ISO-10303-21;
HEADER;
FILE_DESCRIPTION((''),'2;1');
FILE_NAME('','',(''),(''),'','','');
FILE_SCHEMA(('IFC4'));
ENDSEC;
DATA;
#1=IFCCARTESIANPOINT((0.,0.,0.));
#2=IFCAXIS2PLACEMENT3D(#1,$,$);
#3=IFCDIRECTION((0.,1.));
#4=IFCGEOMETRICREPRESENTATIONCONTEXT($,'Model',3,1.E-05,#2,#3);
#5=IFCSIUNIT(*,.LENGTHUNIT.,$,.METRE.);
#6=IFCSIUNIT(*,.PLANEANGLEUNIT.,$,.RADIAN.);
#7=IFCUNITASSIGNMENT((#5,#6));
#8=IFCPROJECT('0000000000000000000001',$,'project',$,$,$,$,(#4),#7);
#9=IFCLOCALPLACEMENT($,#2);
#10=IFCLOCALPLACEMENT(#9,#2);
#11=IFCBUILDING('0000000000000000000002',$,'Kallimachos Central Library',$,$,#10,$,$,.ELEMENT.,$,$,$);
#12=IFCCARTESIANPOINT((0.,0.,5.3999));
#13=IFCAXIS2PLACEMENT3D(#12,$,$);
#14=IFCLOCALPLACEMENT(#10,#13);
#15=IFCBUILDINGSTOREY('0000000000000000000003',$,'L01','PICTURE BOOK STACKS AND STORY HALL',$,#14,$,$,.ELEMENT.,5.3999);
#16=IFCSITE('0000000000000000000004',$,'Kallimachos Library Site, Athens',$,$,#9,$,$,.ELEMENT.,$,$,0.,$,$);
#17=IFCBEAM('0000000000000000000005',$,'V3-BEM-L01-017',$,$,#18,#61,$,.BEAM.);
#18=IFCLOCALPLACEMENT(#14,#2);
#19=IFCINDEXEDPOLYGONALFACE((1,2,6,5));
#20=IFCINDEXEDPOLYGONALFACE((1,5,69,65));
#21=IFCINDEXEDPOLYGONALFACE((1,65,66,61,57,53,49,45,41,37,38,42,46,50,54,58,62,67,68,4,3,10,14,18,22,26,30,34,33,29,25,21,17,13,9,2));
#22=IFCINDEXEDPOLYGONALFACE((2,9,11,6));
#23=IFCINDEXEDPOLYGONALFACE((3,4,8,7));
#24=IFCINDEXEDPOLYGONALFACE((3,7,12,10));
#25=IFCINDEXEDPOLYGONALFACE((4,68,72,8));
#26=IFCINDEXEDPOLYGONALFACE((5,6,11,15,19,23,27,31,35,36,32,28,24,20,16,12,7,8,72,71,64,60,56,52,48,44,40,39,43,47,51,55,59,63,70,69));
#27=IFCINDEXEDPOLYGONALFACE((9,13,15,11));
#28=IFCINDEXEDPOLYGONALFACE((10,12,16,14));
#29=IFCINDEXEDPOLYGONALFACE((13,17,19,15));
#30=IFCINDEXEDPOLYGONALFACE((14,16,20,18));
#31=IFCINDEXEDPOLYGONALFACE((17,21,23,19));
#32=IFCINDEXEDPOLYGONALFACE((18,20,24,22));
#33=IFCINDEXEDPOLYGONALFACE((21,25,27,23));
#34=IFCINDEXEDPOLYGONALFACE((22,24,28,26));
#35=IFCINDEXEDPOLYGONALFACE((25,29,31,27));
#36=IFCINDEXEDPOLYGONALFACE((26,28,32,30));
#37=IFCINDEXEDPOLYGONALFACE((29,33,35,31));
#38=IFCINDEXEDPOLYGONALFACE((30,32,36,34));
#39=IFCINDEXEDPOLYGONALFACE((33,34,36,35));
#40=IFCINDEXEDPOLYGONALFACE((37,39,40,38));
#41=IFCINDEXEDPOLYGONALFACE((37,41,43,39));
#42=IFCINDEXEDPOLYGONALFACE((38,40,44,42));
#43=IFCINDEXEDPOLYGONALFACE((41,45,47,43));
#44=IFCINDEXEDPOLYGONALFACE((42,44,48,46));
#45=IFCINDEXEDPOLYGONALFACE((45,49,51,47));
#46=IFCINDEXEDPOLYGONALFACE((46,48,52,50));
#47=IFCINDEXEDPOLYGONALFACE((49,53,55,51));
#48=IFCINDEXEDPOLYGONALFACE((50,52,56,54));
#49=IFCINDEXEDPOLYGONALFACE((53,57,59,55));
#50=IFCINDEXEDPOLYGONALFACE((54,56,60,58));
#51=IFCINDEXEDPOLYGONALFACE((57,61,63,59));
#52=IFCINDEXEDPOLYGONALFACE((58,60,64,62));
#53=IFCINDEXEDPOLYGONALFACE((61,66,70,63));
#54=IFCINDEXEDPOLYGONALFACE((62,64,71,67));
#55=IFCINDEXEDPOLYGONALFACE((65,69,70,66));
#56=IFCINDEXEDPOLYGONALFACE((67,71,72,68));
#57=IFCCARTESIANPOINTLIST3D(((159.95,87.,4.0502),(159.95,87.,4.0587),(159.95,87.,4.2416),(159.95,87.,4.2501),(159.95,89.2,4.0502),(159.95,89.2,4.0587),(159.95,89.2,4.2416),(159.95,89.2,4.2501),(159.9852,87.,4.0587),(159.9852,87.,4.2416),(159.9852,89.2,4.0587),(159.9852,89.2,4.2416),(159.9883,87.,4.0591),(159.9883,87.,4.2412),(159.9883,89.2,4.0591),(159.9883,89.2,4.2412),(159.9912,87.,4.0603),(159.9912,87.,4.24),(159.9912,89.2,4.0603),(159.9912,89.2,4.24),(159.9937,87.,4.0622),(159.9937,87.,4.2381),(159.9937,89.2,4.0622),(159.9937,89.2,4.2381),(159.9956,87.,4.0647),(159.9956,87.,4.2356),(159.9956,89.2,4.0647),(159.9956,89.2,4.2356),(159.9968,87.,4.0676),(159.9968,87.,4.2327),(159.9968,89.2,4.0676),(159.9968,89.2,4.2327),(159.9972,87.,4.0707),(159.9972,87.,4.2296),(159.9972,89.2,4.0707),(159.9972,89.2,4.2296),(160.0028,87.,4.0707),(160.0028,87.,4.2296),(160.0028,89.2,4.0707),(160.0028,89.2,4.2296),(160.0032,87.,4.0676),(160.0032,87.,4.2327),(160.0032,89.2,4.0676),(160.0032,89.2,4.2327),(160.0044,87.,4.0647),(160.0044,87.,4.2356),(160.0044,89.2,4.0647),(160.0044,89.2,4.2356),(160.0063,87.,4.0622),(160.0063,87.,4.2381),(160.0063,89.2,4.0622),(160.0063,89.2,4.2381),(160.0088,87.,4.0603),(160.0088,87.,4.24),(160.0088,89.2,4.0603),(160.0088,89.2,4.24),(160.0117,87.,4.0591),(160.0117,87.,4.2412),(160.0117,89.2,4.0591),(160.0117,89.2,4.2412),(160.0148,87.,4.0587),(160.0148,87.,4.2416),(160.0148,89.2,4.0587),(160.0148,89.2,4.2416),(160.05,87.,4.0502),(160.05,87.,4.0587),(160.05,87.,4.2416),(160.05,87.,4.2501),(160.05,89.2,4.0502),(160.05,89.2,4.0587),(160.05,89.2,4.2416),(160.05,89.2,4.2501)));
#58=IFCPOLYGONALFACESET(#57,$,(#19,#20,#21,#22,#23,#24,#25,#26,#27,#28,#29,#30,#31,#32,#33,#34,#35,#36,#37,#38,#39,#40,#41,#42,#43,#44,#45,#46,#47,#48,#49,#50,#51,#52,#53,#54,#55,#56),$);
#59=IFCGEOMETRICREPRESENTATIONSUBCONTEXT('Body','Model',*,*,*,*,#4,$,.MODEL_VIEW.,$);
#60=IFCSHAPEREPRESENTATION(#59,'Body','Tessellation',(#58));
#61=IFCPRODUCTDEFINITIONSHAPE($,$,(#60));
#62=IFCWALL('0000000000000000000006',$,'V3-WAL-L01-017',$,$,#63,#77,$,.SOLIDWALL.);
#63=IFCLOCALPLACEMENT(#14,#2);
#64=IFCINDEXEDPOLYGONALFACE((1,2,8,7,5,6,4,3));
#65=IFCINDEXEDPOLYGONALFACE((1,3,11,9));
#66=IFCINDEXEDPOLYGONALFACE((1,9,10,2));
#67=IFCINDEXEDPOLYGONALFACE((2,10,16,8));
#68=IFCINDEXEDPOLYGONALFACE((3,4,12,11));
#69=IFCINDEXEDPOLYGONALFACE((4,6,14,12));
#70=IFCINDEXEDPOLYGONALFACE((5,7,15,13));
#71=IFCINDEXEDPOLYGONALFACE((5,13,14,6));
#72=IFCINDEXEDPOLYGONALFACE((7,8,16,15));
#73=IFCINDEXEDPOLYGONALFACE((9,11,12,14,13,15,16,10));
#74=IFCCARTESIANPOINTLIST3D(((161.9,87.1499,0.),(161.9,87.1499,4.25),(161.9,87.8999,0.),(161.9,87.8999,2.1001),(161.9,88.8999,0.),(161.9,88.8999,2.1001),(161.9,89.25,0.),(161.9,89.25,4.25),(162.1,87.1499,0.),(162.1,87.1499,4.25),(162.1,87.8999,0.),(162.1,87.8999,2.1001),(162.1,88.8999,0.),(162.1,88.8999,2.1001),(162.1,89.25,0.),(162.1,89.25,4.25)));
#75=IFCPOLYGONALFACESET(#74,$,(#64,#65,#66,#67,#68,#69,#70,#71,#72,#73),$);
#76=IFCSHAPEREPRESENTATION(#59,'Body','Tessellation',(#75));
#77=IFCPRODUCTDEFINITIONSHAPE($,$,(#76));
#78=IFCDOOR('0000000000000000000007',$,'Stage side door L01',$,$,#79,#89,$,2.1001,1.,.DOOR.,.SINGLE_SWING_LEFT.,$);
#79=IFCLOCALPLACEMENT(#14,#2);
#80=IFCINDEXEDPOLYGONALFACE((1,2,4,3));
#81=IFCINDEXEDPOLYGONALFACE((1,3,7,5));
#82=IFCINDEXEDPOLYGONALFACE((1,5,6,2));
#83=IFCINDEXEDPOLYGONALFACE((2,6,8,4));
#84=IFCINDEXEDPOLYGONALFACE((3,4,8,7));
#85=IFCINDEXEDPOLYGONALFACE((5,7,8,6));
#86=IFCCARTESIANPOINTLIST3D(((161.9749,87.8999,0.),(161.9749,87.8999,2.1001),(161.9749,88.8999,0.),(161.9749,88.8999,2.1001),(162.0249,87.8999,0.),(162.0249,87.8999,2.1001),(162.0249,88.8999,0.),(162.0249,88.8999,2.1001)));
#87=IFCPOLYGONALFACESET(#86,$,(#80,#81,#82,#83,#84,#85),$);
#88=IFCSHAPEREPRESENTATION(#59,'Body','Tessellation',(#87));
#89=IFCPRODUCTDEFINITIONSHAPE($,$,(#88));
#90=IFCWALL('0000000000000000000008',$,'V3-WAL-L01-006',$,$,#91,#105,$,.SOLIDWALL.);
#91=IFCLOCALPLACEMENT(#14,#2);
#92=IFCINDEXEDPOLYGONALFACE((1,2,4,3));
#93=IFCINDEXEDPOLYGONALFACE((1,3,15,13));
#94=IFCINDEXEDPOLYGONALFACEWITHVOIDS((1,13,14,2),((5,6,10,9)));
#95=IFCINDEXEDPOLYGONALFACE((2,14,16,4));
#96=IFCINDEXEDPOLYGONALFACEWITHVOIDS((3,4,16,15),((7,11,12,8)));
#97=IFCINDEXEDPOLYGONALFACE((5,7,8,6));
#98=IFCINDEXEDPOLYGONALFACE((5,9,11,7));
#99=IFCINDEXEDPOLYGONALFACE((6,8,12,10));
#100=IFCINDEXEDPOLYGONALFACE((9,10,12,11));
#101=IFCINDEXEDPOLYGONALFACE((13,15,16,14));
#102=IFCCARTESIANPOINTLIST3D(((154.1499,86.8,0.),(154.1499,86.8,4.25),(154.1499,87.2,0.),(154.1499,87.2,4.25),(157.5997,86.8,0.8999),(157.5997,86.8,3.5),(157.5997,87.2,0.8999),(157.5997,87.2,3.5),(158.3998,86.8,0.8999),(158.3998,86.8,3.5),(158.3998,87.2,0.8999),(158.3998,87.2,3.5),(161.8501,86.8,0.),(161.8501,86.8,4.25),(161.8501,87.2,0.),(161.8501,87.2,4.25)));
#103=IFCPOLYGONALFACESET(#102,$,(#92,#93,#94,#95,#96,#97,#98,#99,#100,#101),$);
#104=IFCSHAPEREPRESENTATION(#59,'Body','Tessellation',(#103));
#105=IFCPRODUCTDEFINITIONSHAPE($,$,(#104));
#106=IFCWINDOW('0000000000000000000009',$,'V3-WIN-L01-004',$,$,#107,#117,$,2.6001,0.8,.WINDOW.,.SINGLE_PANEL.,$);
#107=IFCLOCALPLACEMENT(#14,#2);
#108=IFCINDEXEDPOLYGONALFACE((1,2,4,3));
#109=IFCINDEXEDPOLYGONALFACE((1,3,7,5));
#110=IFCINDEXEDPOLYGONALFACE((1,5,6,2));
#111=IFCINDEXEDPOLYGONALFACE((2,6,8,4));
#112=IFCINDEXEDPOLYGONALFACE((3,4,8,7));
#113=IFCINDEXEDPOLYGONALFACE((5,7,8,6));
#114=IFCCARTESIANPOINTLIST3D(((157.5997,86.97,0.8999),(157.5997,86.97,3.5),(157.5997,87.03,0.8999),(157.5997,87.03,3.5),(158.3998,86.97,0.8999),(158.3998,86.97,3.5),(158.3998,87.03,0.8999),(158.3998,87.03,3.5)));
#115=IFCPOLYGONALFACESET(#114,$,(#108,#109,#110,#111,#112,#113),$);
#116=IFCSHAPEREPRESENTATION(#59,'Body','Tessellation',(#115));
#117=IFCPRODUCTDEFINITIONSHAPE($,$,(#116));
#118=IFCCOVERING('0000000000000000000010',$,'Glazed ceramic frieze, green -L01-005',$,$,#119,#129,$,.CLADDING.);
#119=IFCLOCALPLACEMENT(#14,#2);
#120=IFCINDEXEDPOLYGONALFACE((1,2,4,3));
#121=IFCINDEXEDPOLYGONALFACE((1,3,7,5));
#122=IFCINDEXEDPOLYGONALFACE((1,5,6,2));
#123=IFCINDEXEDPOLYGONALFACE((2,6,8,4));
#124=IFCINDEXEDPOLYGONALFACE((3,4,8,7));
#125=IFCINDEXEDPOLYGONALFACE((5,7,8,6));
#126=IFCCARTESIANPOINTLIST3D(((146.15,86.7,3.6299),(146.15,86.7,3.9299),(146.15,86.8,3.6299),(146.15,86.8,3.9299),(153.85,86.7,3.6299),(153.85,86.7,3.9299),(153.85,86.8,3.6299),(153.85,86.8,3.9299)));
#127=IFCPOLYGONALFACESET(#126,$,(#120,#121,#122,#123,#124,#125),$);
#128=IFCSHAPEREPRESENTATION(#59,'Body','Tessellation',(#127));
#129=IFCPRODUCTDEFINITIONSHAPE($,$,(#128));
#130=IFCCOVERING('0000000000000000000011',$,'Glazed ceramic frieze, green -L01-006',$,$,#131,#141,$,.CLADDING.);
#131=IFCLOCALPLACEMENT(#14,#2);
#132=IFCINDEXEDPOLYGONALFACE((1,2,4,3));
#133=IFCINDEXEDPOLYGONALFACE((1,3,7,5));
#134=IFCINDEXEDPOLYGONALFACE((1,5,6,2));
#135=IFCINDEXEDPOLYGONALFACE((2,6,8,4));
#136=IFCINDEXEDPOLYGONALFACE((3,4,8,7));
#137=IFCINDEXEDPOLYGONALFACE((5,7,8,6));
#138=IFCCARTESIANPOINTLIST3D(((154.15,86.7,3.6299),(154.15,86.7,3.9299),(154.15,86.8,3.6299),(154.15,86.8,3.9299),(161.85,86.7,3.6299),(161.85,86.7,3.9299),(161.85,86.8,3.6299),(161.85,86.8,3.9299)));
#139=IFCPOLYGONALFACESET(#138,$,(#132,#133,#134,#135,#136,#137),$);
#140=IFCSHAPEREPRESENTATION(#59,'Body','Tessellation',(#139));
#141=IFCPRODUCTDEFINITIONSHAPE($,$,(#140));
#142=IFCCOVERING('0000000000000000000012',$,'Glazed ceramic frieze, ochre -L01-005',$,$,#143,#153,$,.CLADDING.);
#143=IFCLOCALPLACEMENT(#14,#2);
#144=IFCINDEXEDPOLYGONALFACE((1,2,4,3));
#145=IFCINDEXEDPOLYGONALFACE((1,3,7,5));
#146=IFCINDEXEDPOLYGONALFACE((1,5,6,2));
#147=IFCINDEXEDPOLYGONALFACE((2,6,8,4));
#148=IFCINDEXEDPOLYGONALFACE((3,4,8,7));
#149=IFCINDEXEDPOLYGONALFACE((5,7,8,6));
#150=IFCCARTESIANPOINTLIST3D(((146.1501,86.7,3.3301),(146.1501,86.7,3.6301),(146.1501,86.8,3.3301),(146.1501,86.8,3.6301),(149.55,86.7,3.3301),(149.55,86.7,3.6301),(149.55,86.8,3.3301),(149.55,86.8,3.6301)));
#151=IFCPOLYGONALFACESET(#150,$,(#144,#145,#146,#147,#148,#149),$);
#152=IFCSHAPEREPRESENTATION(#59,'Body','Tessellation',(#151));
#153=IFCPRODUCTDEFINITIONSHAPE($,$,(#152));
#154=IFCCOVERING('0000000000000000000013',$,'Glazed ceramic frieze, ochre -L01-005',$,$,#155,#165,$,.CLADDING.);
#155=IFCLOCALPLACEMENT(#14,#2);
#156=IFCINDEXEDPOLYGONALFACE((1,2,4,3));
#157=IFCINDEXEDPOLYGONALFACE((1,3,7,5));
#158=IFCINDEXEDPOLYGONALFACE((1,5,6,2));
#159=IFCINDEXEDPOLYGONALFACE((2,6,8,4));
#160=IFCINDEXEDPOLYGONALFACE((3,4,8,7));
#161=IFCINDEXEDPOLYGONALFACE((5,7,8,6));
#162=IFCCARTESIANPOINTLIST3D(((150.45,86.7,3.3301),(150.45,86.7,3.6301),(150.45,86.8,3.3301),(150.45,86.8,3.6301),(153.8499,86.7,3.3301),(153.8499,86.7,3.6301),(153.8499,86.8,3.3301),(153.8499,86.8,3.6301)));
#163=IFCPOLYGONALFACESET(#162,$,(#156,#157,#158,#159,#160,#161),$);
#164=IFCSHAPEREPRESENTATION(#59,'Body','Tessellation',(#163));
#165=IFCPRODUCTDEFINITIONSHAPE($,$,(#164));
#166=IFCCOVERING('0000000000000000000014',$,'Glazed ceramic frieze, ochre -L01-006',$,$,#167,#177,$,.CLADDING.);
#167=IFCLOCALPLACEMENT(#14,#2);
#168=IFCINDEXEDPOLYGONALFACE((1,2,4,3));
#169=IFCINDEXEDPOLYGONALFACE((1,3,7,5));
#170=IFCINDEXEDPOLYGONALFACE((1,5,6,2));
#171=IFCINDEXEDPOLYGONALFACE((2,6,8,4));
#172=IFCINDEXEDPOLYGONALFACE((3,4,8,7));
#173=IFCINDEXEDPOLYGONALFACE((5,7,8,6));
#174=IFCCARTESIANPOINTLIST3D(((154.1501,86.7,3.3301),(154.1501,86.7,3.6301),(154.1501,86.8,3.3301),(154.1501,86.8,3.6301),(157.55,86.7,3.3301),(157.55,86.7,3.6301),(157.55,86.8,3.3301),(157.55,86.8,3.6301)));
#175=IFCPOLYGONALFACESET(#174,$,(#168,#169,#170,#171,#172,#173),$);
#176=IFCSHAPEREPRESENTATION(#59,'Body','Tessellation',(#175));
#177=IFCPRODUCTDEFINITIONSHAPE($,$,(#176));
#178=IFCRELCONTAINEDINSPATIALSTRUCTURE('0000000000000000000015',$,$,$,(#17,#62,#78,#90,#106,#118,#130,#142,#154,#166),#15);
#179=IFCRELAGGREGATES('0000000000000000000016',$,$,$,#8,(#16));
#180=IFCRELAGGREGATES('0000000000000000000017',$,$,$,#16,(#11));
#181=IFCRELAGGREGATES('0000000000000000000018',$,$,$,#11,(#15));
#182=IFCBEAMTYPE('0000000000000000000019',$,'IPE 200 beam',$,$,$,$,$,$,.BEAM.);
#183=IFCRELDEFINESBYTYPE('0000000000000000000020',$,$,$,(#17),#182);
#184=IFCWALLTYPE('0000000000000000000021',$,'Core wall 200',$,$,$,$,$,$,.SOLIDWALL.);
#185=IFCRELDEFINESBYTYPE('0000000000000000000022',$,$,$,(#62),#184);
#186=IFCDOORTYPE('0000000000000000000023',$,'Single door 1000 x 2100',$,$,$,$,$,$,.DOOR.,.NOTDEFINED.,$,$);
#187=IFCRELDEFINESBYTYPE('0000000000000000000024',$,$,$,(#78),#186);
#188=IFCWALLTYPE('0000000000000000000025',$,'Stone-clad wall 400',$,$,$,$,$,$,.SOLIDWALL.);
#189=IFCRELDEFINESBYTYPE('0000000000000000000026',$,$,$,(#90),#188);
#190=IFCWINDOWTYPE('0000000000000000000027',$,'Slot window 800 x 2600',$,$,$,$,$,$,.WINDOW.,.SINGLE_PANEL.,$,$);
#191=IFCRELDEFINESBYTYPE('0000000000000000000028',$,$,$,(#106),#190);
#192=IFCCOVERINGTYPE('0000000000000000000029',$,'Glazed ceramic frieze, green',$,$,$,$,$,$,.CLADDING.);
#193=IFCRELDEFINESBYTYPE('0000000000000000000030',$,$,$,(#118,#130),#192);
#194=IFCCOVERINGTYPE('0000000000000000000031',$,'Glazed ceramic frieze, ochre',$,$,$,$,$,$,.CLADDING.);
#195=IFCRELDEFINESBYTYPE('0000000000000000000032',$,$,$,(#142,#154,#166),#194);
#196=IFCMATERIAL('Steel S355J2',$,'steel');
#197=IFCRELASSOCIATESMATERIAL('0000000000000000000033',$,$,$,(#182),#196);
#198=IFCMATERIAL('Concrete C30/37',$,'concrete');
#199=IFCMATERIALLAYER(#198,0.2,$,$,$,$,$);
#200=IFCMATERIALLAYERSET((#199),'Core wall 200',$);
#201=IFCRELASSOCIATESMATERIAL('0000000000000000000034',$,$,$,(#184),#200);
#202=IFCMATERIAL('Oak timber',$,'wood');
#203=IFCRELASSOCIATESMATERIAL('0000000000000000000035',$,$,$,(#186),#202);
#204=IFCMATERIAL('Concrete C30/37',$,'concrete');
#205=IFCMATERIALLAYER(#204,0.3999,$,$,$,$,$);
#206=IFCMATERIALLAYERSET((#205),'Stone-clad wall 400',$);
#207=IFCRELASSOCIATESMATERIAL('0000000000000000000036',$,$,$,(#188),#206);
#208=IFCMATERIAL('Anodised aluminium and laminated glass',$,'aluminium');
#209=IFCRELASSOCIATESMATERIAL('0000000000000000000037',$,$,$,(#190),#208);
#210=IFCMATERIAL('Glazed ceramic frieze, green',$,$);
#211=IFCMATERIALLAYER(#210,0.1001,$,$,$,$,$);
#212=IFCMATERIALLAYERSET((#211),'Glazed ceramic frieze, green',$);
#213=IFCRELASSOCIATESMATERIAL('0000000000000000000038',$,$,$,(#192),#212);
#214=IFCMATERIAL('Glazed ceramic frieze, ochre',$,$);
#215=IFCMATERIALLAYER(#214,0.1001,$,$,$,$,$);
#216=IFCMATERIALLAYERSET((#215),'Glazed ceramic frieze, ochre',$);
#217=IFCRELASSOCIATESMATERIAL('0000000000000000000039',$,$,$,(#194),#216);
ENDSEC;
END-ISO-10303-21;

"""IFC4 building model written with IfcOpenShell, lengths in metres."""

from ifc_helpers import new_model, si_unit, direction, frame, frame_2d, origin, origin_2d, place, context, subcontext, project, spatial, rectangle, i_section, extrude, material, layer, layer_set, material_profile, profile_set, type_object, element, fill, save


model = new_model("IFC4")

# Units and contexts
model_context = context("Model", 3, precision=1e-05, world=origin(), true_north=direction((0.0, 1.0)))
body_context = subcontext(model_context, "Body", "Model", "MODEL_VIEW")
ifc_project = project(units=[si_unit("LENGTHUNIT", "METRE"), si_unit("PLANEANGLEUNIT", "RADIAN")], contexts=[model_context])

# Site, building, storey
site_placement = place(None, origin())
site = spatial("IfcSite", under=ifc_project, at=site_placement, Name="Kallimachos Library Site, Athens", CompositionType="ELEMENT", RefElevation=0.0)
building_placement = place(site_placement, origin())
building = spatial("IfcBuilding", under=site, at=building_placement, Name="Kallimachos Central Library", CompositionType="ELEMENT")
storey_placement = place(building_placement, frame((0.0, 0.0, 5.3999)))
storey = spatial("IfcBuildingStorey", under=building, at=storey_placement, Name="L01", Description="PICTURE BOOK STACKS AND STORY HALL", CompositionType="ELEMENT", Elevation=5.3999)

# Beam
ifc_material_1 = material(Name="Steel S355J2", Category="steel")
ifc_material_profile_1 = material_profile(ifc_material_1, i_section(OverallWidth=0.1001, OverallDepth=0.2, WebThickness=0.0056, FlangeThickness=0.0085, FilletRadius=0.012, at=origin_2d()), Name="IPE 200")
ifc_profile_set_1 = profile_set([ifc_material_profile_1], Name="Steel S355J2")
beam_type = type_object("IfcBeamType", Name="IPE 200 beam", PredefinedType="BEAM", material=ifc_profile_set_1)
for number, where, z_axis, x_axis, name in (
    (1, (160.0, 87.0, 4.1501), (0.0, 1.0, 0.0), (-1.0, 0.0, 0.0), "V3-BEM-L01-017"),
):
    element("IfcBeam", number, at=place(storey_placement, frame(where, z_axis=z_axis, x_axis=x_axis)), inside=storey, type_object=beam_type, Name=name, PredefinedType="BEAM", context=body_context, shape_type="SweptSolid", body=[
        extrude(i_section(OverallWidth=0.1001, OverallDepth=0.2, WebThickness=0.0056, FlangeThickness=0.0085, FilletRadius=0.012, at=origin_2d()), origin(), (0.0, 0.0, 1.0), 2.2),
    ])

# Wall, opening, door
ifc_material_2 = material(Name="Concrete C30/37", Category="concrete")
ifc_layer_1 = layer(ifc_material_2, 0.2)
ifc_layer_set_1 = layer_set([ifc_layer_1], Name="Core wall 200")
wall_type_1 = type_object("IfcWallType", Name="Core wall 200", PredefinedType="SOLIDWALL", material=ifc_layer_set_1)
wall_1_placement = place(storey_placement, frame((162.0, 87.1499, 0.0), z_axis=(0.0, 0.0, 1.0), x_axis=(0.0, 1.0, 0.0)))
wall_1 = element("IfcWall", 2, at=wall_1_placement, inside=storey, type_object=wall_type_1, Name="V3-WAL-L01-017", PredefinedType="SOLIDWALL", context=body_context, shape_type="SweptSolid", body=[
    extrude(rectangle(XDim=2.1001, YDim=0.2, at=frame_2d((1.05, 0.0))), origin(), (0.0, 0.0, 1.0), 4.25),
])
opening_1_placement = place(wall_1_placement, frame((0.75, 0.0, 0.0)))
opening_1 = element("IfcOpeningElement", 3, at=opening_1_placement, cuts=wall_1, PredefinedType="OPENING", context=body_context, shape_type="SweptSolid", body=[
    extrude(rectangle(XDim=1.0, YDim=2.1001, at=frame_2d((0.5, 1.05))), frame((0.0, 0.1099, 0.0), z_axis=(0.0, -1.0, 0.0), x_axis=(1.0, 0.0, 0.0)), (0.0, 0.0, 1.0), 0.22),
])
ifc_material_3 = material(Name="Oak timber", Category="wood")
door_type = type_object("IfcDoorType", Name="Single door 1000 x 2100", OperationType="NOTDEFINED", PredefinedType="DOOR", material=ifc_material_3)
door_placement = place(opening_1_placement, frame((1.0, 0.0, 0.0), z_axis=(0.0, 0.0, 1.0), x_axis=(-1.0, 0.0, 0.0)))
door = element("IfcDoor", 4, at=door_placement, inside=storey, type_object=door_type, Name="Stage side door L01", OperationType="SINGLE_SWING_LEFT", OverallHeight=2.1001, OverallWidth=1.0, PredefinedType="DOOR", context=body_context, shape_type="SweptSolid", body=[
    extrude(rectangle(XDim=1.0, YDim=2.1001, at=frame_2d((0.5, 1.05))), frame((0.0, 0.0249, 0.0), z_axis=(0.0, -1.0, 0.0), x_axis=(1.0, 0.0, 0.0)), (0.0, 0.0, 1.0), 0.05),
])
fill(opening_1, door)

# Wall, opening, window
ifc_material_4 = material(Name="Concrete C30/37", Category="concrete")
ifc_layer_2 = layer(ifc_material_4, 0.3999)
ifc_layer_set_2 = layer_set([ifc_layer_2], Name="Stone-clad wall 400")
wall_type_2 = type_object("IfcWallType", Name="Stone-clad wall 400", PredefinedType="SOLIDWALL", material=ifc_layer_set_2)
wall_2_placement = place(storey_placement, frame((154.1499, 87.0, 0.0), z_axis=(0.0, 0.0, 1.0), x_axis=(1.0, 0.0, 0.0)))
wall_2 = element("IfcWall", 5, at=wall_2_placement, inside=storey, type_object=wall_type_2, Name="V3-WAL-L01-006", PredefinedType="SOLIDWALL", context=body_context, shape_type="SweptSolid", body=[
    extrude(rectangle(XDim=7.7002, YDim=0.3999, at=frame_2d((3.8501, 0.0))), origin(), (0.0, 0.0, 1.0), 4.25),
])
opening_2_placement = place(wall_2_placement, frame((3.45, 0.0, 0.8999)))
opening_2 = element("IfcOpeningElement", 6, at=opening_2_placement, cuts=wall_2, PredefinedType="OPENING", context=body_context, shape_type="SweptSolid", body=[
    extrude(rectangle(XDim=0.8, YDim=2.6001, at=frame_2d((0.3999, 1.3))), frame((0.0, 0.21, 0.0), z_axis=(0.0, -1.0, 0.0), x_axis=(1.0, 0.0, 0.0)), (0.0, 0.0, 1.0), 0.4199),
])
ifc_material_5 = material(Name="Anodised aluminium and laminated glass", Category="aluminium")
window_type = type_object("IfcWindowType", Name="Slot window 800 x 2600", PartitioningType="SINGLE_PANEL", PredefinedType="WINDOW", material=ifc_material_5)
window_placement = place(opening_2_placement, origin())
window = element("IfcWindow", 7, at=window_placement, inside=storey, type_object=window_type, Name="V3-WIN-L01-004", OverallHeight=2.6001, OverallWidth=0.8, PartitioningType="SINGLE_PANEL", PredefinedType="WINDOW", context=body_context, shape_type="SweptSolid", body=[
    extrude(rectangle(XDim=0.8, YDim=2.6001, at=frame_2d((0.3999, 1.3))), frame((0.0, 0.03, 0.0), z_axis=(0.0, -1.0, 0.0), x_axis=(1.0, 0.0, 0.0)), (0.0, 0.0, 1.0), 0.0601),
])
fill(opening_2, window)

# Coverings
ifc_material_6 = material(Name="Glazed ceramic frieze, green")
ifc_layer_3 = layer(ifc_material_6, 0.1001)
ifc_layer_set_3 = layer_set([ifc_layer_3], Name="Glazed ceramic frieze, green")
covering_type_1 = type_object("IfcCoveringType", Name="Glazed ceramic frieze, green", PredefinedType="CLADDING", material=ifc_layer_set_3)
for number, where, z_axis, x_axis, name in (
    (8, (150.0, 86.75, 3.6299), (0.0, 0.0, 1.0), (1.0, 0.0, 0.0), "Glazed ceramic frieze, green -L01-005"),
    (9, (158.0, 86.75, 3.6299), (0.0, 0.0, 1.0), (1.0, 0.0, 0.0), "Glazed ceramic frieze, green -L01-006"),
):
    element("IfcCovering", number, at=place(storey_placement, frame(where, z_axis=z_axis, x_axis=x_axis)), inside=storey, type_object=covering_type_1, Name=name, PredefinedType="CLADDING", context=body_context, shape_type="SweptSolid", body=[
        extrude(rectangle(XDim=7.7, YDim=0.1001, at=origin_2d()), origin(), (0.0, 0.0, 1.0), 0.3),
    ])
ifc_material_7 = material(Name="Glazed ceramic frieze, ochre")
ifc_layer_4 = layer(ifc_material_7, 0.1001)
ifc_layer_set_4 = layer_set([ifc_layer_4], Name="Glazed ceramic frieze, ochre")
covering_type_2 = type_object("IfcCoveringType", Name="Glazed ceramic frieze, ochre", PredefinedType="CLADDING", material=ifc_layer_set_4)
for number, where, z_axis, x_axis, name in (
    (10, (147.8501, 86.75, 3.3301), (0.0, 0.0, 1.0), (1.0, 0.0, 0.0), "Glazed ceramic frieze, ochre -L01-005"),
    (11, (152.1499, 86.75, 3.3301), (0.0, 0.0, 1.0), (1.0, 0.0, 0.0), "Glazed ceramic frieze, ochre -L01-005"),
    (12, (155.8501, 86.75, 3.3301), (0.0, 0.0, 1.0), (1.0, 0.0, 0.0), "Glazed ceramic frieze, ochre -L01-006"),
):
    element("IfcCovering", number, at=place(storey_placement, frame(where, z_axis=z_axis, x_axis=x_axis)), inside=storey, type_object=covering_type_2, Name=name, PredefinedType="CLADDING", context=body_context, shape_type="SweptSolid", body=[
        extrude(rectangle(XDim=3.3999, YDim=0.1001, at=origin_2d()), origin(), (0.0, 0.0, 1.0), 0.3),
    ])

save(model, "model.ifc")
